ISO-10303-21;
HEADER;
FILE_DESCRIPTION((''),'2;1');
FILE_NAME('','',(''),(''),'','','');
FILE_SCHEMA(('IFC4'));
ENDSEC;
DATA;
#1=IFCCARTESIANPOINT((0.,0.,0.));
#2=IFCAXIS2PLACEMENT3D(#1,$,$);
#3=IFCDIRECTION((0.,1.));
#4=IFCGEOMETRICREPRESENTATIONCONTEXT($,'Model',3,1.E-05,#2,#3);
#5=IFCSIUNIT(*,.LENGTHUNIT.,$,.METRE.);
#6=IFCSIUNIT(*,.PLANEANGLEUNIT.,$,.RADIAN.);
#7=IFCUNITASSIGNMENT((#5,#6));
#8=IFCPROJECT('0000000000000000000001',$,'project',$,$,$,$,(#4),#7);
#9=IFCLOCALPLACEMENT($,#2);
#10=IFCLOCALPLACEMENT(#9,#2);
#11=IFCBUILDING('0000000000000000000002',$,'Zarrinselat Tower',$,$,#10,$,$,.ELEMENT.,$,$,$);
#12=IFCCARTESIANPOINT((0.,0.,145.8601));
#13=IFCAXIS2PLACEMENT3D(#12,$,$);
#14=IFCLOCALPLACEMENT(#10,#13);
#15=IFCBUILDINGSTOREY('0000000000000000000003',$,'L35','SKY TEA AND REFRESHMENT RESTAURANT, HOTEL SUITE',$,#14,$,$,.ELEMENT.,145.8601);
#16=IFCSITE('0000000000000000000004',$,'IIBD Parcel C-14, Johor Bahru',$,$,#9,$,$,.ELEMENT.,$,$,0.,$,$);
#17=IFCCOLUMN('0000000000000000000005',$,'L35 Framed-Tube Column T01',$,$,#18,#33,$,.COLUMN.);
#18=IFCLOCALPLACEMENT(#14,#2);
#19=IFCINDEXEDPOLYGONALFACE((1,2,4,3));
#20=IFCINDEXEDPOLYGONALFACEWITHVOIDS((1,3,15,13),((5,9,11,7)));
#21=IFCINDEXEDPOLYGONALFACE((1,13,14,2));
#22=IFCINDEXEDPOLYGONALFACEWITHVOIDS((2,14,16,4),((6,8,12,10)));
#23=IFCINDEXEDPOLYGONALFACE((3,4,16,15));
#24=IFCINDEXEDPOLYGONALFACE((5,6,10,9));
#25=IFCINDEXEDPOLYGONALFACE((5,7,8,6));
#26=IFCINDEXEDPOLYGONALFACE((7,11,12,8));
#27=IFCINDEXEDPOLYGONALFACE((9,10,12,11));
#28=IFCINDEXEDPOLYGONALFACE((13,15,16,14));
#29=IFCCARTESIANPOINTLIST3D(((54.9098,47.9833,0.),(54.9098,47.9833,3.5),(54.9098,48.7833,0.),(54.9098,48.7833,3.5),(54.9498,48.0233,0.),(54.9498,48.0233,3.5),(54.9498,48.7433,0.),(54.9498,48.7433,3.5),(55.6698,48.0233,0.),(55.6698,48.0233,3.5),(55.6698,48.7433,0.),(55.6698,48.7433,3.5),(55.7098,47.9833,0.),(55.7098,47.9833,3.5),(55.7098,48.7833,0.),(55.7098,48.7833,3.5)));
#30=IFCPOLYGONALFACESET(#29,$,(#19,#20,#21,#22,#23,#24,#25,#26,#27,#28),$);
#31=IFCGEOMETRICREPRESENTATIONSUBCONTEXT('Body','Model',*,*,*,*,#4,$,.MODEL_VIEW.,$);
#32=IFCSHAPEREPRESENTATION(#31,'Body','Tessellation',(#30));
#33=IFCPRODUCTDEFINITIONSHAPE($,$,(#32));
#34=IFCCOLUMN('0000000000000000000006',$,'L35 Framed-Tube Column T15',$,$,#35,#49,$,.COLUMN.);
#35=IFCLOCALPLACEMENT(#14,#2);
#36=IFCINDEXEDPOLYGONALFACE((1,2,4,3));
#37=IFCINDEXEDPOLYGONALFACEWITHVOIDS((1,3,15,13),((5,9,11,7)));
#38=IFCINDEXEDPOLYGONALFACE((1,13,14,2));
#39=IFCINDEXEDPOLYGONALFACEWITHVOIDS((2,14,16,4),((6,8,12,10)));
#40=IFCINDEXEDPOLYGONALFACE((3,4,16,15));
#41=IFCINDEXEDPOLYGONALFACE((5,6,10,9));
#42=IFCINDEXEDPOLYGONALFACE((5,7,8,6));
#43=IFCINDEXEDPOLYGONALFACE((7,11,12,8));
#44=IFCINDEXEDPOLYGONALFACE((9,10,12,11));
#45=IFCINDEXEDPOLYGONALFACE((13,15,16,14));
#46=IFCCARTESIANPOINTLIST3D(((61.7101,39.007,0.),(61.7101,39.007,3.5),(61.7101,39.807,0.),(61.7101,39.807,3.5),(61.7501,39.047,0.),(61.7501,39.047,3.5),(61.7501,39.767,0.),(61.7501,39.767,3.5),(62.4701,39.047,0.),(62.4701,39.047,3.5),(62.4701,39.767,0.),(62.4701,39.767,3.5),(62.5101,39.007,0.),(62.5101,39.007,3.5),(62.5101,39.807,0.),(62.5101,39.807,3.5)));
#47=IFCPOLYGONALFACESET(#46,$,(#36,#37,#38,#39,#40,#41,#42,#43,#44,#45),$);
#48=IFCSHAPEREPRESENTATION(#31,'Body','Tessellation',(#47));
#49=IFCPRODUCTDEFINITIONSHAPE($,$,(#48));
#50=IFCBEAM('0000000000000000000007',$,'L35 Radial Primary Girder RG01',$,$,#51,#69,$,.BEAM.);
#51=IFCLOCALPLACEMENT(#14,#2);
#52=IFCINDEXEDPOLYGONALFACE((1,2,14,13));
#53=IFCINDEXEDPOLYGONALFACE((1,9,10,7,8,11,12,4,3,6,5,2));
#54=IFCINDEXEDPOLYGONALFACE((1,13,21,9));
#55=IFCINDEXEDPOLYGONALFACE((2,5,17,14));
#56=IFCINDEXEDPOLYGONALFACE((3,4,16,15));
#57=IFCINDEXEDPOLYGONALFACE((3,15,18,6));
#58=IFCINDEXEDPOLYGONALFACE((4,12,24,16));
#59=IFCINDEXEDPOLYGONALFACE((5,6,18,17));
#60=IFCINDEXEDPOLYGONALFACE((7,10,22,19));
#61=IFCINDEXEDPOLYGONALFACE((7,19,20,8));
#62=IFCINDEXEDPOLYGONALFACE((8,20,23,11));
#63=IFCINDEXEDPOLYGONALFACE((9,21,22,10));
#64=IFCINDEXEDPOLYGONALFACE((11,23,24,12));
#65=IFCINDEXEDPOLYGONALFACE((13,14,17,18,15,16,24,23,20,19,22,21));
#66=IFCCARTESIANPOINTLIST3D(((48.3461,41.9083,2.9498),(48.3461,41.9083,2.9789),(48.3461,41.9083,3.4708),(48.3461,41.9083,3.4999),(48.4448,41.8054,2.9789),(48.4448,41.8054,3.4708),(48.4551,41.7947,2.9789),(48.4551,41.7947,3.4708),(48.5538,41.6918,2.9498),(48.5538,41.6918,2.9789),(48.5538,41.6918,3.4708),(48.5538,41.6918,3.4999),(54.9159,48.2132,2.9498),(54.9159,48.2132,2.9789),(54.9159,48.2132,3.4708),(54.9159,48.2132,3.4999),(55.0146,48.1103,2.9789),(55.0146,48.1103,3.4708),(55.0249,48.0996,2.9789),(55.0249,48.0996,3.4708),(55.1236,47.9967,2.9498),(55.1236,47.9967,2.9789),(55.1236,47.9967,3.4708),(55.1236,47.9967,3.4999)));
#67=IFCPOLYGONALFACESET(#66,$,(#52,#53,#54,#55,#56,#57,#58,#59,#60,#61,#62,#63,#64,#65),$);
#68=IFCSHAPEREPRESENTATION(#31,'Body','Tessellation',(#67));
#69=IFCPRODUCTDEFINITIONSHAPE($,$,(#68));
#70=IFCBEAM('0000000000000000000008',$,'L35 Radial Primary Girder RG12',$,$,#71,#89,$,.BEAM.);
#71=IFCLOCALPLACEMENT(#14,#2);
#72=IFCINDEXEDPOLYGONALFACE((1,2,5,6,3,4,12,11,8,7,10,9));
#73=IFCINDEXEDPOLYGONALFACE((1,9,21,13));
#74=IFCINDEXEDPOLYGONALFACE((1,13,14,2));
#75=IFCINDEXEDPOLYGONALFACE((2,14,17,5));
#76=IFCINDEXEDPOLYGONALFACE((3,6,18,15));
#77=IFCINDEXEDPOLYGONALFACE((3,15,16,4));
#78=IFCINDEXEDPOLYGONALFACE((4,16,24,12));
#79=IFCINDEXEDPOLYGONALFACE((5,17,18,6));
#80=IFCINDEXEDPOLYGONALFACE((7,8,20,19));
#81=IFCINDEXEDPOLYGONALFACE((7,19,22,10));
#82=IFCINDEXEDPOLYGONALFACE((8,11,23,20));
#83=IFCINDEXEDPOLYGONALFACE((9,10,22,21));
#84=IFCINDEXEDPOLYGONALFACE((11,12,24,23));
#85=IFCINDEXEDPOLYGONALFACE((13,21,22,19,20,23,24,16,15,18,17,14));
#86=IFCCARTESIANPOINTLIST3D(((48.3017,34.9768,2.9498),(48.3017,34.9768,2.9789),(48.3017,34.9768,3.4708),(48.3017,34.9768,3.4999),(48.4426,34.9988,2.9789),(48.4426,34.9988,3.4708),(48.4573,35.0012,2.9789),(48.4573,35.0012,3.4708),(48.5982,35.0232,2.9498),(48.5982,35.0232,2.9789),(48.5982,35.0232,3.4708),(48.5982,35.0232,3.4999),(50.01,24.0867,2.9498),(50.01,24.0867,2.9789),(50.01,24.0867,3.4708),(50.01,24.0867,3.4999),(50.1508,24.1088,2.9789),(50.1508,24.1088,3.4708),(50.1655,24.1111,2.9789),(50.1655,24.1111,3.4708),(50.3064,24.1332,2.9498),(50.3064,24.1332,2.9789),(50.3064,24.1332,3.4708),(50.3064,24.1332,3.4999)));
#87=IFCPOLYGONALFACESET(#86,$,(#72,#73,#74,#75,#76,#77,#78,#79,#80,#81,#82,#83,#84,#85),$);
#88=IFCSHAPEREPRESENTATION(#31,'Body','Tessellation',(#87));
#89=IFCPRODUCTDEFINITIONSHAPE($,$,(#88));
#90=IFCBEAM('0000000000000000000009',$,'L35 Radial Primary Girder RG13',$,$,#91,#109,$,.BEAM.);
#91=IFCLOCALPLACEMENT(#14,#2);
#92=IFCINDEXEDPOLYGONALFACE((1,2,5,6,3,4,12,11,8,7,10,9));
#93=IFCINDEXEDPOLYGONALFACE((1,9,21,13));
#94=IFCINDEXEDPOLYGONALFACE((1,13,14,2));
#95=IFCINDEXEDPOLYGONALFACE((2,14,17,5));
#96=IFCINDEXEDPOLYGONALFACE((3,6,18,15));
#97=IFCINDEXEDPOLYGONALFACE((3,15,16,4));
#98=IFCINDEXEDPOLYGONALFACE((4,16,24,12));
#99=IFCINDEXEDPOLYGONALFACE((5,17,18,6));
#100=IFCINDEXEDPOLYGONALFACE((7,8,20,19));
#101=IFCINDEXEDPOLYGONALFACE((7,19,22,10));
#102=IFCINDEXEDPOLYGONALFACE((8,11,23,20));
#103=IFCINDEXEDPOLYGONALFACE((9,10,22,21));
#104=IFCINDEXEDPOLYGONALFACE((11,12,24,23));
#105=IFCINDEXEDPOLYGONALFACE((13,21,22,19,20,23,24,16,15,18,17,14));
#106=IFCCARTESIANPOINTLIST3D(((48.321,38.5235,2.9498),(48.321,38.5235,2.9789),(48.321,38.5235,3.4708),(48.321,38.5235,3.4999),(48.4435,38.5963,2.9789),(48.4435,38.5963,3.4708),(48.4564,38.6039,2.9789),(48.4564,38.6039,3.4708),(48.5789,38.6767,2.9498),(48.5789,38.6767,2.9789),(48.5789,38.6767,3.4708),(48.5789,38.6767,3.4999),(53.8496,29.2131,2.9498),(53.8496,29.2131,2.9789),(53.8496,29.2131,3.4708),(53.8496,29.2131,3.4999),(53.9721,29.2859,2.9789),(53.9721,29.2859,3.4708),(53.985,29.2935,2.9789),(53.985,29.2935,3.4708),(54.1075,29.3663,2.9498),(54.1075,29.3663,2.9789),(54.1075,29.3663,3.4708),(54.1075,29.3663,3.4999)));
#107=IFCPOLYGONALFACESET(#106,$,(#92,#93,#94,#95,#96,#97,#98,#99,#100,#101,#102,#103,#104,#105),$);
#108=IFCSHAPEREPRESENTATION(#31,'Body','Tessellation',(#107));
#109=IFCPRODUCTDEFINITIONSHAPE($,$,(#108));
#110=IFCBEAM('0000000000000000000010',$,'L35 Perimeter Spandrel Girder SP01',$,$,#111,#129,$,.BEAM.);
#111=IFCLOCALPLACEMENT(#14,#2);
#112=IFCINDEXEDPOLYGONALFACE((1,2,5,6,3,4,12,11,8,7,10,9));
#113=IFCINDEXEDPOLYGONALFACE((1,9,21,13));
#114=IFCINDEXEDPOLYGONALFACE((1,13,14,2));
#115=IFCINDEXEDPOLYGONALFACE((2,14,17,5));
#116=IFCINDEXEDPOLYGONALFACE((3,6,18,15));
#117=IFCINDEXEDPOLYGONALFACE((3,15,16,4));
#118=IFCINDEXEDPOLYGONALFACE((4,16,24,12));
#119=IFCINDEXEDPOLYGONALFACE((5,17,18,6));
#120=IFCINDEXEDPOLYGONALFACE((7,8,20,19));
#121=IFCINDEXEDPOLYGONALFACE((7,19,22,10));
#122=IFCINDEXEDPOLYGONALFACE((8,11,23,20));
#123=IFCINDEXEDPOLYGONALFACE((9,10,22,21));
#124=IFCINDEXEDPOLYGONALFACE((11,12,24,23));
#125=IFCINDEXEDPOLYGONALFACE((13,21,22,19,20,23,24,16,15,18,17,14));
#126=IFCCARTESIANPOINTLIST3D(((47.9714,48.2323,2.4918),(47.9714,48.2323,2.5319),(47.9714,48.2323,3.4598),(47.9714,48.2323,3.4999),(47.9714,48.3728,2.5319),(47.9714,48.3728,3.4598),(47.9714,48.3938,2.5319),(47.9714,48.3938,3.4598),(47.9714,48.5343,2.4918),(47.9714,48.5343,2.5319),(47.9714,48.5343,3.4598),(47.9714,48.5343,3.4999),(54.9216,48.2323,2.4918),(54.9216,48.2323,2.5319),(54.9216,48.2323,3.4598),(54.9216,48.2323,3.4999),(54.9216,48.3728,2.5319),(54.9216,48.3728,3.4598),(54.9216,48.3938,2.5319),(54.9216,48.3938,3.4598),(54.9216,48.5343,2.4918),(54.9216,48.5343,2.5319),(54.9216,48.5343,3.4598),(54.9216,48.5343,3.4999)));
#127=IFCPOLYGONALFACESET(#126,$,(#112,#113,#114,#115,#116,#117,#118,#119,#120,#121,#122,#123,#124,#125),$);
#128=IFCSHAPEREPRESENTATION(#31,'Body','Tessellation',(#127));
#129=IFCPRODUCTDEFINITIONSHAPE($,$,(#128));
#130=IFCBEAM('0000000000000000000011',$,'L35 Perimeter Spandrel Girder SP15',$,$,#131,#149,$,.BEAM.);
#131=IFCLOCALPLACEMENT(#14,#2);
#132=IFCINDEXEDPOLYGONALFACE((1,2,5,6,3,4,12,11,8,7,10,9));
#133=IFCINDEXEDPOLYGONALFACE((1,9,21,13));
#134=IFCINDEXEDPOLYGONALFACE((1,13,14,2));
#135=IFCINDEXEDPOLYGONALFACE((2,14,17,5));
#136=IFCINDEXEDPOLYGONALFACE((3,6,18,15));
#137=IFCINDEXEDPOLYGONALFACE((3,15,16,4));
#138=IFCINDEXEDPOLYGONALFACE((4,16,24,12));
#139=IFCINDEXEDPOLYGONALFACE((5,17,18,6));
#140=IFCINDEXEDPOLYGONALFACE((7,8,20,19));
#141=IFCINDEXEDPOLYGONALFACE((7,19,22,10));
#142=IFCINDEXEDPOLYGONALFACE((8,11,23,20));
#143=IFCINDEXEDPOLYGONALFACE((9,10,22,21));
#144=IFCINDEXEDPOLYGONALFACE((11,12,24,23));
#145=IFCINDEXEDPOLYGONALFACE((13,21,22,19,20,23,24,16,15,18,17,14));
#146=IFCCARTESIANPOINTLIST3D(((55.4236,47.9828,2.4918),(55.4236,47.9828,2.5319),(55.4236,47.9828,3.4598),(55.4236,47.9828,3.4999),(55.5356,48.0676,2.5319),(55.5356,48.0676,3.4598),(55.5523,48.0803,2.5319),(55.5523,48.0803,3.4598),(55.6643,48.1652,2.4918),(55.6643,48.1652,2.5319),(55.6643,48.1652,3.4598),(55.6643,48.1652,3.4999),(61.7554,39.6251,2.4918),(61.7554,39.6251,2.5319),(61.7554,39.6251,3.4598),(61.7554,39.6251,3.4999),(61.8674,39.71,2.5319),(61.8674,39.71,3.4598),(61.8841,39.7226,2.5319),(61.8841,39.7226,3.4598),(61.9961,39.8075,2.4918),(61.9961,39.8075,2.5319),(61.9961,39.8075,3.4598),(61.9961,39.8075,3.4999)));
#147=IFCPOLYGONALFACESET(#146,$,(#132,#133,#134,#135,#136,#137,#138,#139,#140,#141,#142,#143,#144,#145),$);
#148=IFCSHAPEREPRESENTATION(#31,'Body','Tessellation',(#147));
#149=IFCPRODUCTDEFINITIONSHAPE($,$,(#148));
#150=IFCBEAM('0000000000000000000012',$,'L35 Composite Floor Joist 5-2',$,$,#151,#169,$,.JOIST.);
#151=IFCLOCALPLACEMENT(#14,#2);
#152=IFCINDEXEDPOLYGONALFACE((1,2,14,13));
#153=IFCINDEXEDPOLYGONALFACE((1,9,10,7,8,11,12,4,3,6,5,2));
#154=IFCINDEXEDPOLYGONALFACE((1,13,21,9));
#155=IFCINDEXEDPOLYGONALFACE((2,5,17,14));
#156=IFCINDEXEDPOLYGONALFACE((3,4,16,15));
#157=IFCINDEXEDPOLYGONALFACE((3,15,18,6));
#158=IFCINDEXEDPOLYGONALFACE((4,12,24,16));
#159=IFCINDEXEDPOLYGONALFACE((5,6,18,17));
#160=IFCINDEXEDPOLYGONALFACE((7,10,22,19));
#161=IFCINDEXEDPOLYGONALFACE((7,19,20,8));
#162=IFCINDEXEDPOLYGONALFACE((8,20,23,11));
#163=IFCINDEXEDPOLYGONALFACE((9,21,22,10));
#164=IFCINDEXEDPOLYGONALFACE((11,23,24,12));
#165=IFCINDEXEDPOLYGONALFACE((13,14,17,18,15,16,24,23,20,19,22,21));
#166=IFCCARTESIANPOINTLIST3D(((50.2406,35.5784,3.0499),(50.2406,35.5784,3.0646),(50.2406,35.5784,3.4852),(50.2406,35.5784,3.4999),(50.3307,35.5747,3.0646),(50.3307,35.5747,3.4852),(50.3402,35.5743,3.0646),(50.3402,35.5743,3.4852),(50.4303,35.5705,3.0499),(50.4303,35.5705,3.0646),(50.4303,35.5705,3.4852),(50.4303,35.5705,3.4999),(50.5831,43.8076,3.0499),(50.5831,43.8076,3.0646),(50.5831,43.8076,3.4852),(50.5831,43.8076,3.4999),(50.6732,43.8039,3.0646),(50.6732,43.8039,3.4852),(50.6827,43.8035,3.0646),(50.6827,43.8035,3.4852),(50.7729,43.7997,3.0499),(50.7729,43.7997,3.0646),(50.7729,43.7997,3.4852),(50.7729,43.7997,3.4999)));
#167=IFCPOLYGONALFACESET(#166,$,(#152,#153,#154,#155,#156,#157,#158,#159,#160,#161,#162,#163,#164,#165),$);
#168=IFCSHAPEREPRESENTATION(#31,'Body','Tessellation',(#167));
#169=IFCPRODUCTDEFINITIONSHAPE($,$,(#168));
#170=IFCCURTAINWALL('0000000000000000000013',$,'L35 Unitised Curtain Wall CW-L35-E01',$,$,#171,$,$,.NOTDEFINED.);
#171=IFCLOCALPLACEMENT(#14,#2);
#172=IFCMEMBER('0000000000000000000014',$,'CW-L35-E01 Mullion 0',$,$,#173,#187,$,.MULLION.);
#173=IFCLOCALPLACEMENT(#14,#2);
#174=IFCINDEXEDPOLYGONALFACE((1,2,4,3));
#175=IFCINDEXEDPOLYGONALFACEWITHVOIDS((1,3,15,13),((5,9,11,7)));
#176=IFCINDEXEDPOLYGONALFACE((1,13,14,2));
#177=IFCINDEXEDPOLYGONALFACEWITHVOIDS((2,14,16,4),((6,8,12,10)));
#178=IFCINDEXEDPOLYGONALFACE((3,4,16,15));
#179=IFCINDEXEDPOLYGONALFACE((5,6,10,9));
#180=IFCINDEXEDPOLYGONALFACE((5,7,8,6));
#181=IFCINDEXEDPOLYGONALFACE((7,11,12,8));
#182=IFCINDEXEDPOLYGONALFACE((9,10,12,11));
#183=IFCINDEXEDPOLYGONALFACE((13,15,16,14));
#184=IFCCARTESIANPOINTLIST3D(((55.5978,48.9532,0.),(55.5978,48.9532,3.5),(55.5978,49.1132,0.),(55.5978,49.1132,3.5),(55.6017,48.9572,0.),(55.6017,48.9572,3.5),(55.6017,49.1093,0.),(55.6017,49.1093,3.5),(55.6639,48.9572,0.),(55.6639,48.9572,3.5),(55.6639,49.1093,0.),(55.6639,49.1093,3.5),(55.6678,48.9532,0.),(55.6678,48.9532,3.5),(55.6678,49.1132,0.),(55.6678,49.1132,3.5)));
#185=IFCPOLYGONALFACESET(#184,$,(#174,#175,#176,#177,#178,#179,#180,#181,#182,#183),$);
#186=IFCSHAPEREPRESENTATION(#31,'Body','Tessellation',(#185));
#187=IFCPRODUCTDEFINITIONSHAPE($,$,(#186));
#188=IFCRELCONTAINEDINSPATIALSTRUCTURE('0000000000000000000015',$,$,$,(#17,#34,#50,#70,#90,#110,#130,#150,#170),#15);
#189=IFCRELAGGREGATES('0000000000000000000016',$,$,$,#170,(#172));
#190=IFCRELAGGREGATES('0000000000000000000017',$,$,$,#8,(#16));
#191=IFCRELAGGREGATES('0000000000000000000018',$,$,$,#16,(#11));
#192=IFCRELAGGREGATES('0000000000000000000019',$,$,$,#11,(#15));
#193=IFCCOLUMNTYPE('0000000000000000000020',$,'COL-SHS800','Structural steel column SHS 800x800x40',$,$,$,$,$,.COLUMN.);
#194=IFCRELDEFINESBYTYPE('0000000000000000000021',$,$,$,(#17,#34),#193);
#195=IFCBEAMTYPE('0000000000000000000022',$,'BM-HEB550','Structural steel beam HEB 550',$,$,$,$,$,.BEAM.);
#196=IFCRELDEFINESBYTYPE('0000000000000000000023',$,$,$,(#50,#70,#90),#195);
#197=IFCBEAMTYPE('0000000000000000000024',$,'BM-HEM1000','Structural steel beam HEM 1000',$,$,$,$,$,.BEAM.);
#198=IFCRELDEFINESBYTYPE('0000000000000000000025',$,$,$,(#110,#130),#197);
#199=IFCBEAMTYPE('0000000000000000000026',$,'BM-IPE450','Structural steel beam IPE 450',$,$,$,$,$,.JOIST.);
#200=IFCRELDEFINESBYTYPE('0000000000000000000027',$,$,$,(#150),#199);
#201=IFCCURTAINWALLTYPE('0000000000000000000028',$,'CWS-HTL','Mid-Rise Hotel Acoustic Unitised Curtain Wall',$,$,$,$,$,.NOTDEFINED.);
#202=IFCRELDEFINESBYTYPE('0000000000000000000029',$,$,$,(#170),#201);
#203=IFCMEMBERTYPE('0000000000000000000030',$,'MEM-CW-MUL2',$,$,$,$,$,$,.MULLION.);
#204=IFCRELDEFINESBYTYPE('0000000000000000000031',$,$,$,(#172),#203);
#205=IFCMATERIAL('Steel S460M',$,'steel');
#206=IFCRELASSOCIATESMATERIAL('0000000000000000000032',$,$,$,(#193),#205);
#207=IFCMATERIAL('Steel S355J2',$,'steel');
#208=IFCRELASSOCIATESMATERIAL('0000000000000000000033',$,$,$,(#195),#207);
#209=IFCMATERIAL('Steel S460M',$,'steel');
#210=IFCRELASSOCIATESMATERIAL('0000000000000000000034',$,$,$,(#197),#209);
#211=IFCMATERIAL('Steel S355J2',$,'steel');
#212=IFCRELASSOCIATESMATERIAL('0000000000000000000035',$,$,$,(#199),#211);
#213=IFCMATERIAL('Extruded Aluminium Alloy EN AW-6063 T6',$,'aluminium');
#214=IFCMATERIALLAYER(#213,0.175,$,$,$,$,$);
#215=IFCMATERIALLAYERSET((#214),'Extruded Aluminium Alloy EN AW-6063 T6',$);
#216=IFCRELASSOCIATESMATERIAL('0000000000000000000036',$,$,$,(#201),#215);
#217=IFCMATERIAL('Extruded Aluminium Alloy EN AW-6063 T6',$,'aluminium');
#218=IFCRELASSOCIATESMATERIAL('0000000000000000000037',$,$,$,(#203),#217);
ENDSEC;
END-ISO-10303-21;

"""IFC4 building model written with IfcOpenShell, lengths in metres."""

from ifc_helpers import new_model, si_unit, direction, frame, origin, origin_2d, place, context, subcontext, project, spatial, hollow_rectangle, i_section, extrude, material, layer, layer_set, material_profile, profile_set, type_object, element, aggregate, save


model = new_model("IFC4")

# Units and contexts
model_context = context("Model", 3, precision=1e-05, world=origin(), true_north=direction((0.0, 1.0)))
body_context = subcontext(model_context, "Body", "Model", "MODEL_VIEW")
ifc_project = project(units=[si_unit("LENGTHUNIT", "METRE"), si_unit("PLANEANGLEUNIT", "RADIAN")], contexts=[model_context])

# Site, building, storey
site_placement = place(None, origin())
site = spatial("IfcSite", under=ifc_project, at=site_placement, Name="IIBD Parcel C-14, Johor Bahru", CompositionType="ELEMENT", RefElevation=0.0)
building_placement = place(site_placement, origin())
building = spatial("IfcBuilding", under=site, at=building_placement, Name="Zarrinselat Tower", CompositionType="ELEMENT")
storey_placement = place(building_placement, frame((0.0, 0.0, 145.8601)))
storey = spatial("IfcBuildingStorey", under=building, at=storey_placement, Name="L35", Description="SKY TEA AND REFRESHMENT RESTAURANT, HOTEL SUITE", CompositionType="ELEMENT", Elevation=145.8601)

# Columns
ifc_material_1 = material(Name="Steel S460M", Category="steel")
ifc_material_profile_1 = material_profile(ifc_material_1, hollow_rectangle(XDim=0.8, YDim=0.8, WallThickness=0.04, at=origin_2d()), Name="SHS 800x800x40")
ifc_profile_set_1 = profile_set([ifc_material_profile_1], Name="Steel S460M")
column_type = type_object("IfcColumnType", Name="COL-SHS800", Description="Structural steel column SHS 800x800x40", PredefinedType="COLUMN", material=ifc_profile_set_1)
for number, where, z_axis, x_axis, name in (
    (1, (55.3098, 48.3833, 0.0), (0.0, 0.0, 1.0), (1.0, 0.0, 0.0), "L35 Framed-Tube Column T01"),
    (2, (62.1101, 39.407, 0.0), (0.0, 0.0, 1.0), (1.0, 0.0, 0.0), "L35 Framed-Tube Column T15"),
):
    element("IfcColumn", number, at=place(storey_placement, frame(where, z_axis=z_axis, x_axis=x_axis)), inside=storey, type_object=column_type, Name=name, PredefinedType="COLUMN", context=body_context, shape_type="SweptSolid", body=[
        extrude(hollow_rectangle(XDim=0.8, YDim=0.8, WallThickness=0.04, at=origin_2d()), origin(), (0.0, 0.0, 1.0), 3.5),
    ])

# Beams
ifc_material_2 = material(Name="Steel S355J2", Category="steel")
ifc_material_profile_2 = material_profile(ifc_material_2, i_section(OverallWidth=0.3, OverallDepth=0.55, WebThickness=0.0149, FlangeThickness=0.0291, at=origin_2d()), Name="HEB 550")
ifc_profile_set_2 = profile_set([ifc_material_profile_2], Name="Steel S355J2")
beam_type_1 = type_object("IfcBeamType", Name="BM-HEB550", Description="Structural steel beam HEB 550", PredefinedType="BEAM", material=ifc_profile_set_2)
beam_1_placement = place(storey_placement, frame((48.45, 41.8, 3.2249), z_axis=(0.721503, 0.692412, 0.0), x_axis=(-0.692412, 0.721503, 0.0)))
element("IfcBeam", 3, at=beam_1_placement, inside=storey, type_object=beam_type_1, Name="L35 Radial Primary Girder RG01", PredefinedType="BEAM", context=body_context, shape_type="SweptSolid", body=[
    extrude(i_section(OverallWidth=0.3, OverallDepth=0.55, WebThickness=0.0149, FlangeThickness=0.0291, at=origin_2d()), origin(), (0.0, 0.0, 1.0), 9.1057),
])
beam_2_placement = place(storey_placement, frame((48.45, 35.0, 3.2249), z_axis=(0.154967, -0.98792, 0.0), x_axis=(0.98792, 0.154967, 0.0)))
element("IfcBeam", 4, at=beam_2_placement, inside=storey, type_object=beam_type_1, Name="L35 Radial Primary Girder RG12", PredefinedType="BEAM", context=body_context, shape_type="SweptSolid", body=[
    extrude(i_section(OverallWidth=0.3, OverallDepth=0.55, WebThickness=0.0149, FlangeThickness=0.0291, at=origin_2d()), origin(), (0.0, 0.0, 1.0), 11.0232),
])
beam_3_placement = place(storey_placement, frame((48.45, 38.6001, 3.2249), z_axis=(0.510578, -0.859832, 0.0), x_axis=(0.859832, 0.510578, 0.0)))
element("IfcBeam", 5, at=beam_3_placement, inside=storey, type_object=beam_type_1, Name="L35 Radial Primary Girder RG13", PredefinedType="BEAM", context=body_context, shape_type="SweptSolid", body=[
    extrude(i_section(OverallWidth=0.3, OverallDepth=0.55, WebThickness=0.0149, FlangeThickness=0.0291, at=origin_2d()), origin(), (0.0, 0.0, 1.0), 10.8281),
])
ifc_material_3 = material(Name="Steel S460M", Category="steel")
ifc_material_profile_3 = material_profile(ifc_material_3, i_section(OverallWidth=0.302, OverallDepth=1.0081, WebThickness=0.021, FlangeThickness=0.04, at=origin_2d()), Name="HEM 1000")
ifc_profile_set_3 = profile_set([ifc_material_profile_3], Name="Steel S460M")
beam_type_2 = type_object("IfcBeamType", Name="BM-HEM1000", Description="Structural steel beam HEM 1000", PredefinedType="BEAM", material=ifc_profile_set_3)
beam_4_placement = place(storey_placement, frame((47.9714, 48.3833, 2.9958), z_axis=(1.0, 0.0, 0.0), x_axis=(0.0, 1.0, 0.0)))
element("IfcBeam", 6, at=beam_4_placement, inside=storey, type_object=beam_type_2, Name="L35 Perimeter Spandrel Girder SP01", PredefinedType="BEAM", context=body_context, shape_type="SweptSolid", body=[
    extrude(i_section(OverallWidth=0.302, OverallDepth=1.0081, WebThickness=0.021, FlangeThickness=0.04, at=origin_2d()), origin(), (0.0, 0.0, 1.0), 6.9502),
])
beam_5_placement = place(storey_placement, frame((55.5439, 48.074, 2.9958), z_axis=(0.603871, -0.797082, 0.0), x_axis=(0.797082, 0.603871, 0.0)))
element("IfcBeam", 7, at=beam_5_placement, inside=storey, type_object=beam_type_2, Name="L35 Perimeter Spandrel Girder SP15", PredefinedType="BEAM", context=body_context, shape_type="SweptSolid", body=[
    extrude(i_section(OverallWidth=0.302, OverallDepth=1.0081, WebThickness=0.021, FlangeThickness=0.04, at=origin_2d()), origin(), (0.0, 0.0, 1.0), 10.4854),
])
ifc_material_4 = material(Name="Steel S355J2", Category="steel")
ifc_material_profile_4 = material_profile(ifc_material_4, i_section(OverallWidth=0.1899, OverallDepth=0.45, WebThickness=0.0095, FlangeThickness=0.0146, at=origin_2d()), Name="IPE 450")
ifc_profile_set_4 = profile_set([ifc_material_profile_4], Name="Steel S355J2")
beam_type_3 = type_object("IfcBeamType", Name="BM-IPE450", Description="Structural steel beam IPE 450", PredefinedType="JOIST", material=ifc_profile_set_4)
beam_6_placement = place(storey_placement, frame((50.3354, 35.5745, 3.2749), z_axis=(0.041587, 0.999135, 0.0), x_axis=(-0.999135, 0.041587, 0.0)))
element("IfcBeam", 8, at=beam_6_placement, inside=storey, type_object=beam_type_3, Name="L35 Composite Floor Joist 5-2", PredefinedType="JOIST", context=body_context, shape_type="SweptSolid", body=[
    extrude(i_section(OverallWidth=0.1899, OverallDepth=0.45, WebThickness=0.0095, FlangeThickness=0.0146, at=origin_2d()), origin(), (0.0, 0.0, 1.0), 8.2363),
])

# Curtain wall, member
ifc_material_5 = material(Name="Extruded Aluminium Alloy EN AW-6063 T6", Category="aluminium")
ifc_layer_1 = layer(ifc_material_5, 0.175)
ifc_layer_set_1 = layer_set([ifc_layer_1], Name="Extruded Aluminium Alloy EN AW-6063 T6")
curtain_wall_type = type_object("IfcCurtainWallType", Name="CWS-HTL", Description="Mid-Rise Hotel Acoustic Unitised Curtain Wall", PredefinedType="NOTDEFINED", material=ifc_layer_set_1)
curtain_wall_1_placement = place(storey_placement, origin())
curtain_wall_1 = element("IfcCurtainWall", 9, at=curtain_wall_1_placement, inside=storey, type_object=curtain_wall_type, Name="L35 Unitised Curtain Wall CW-L35-E01", PredefinedType="NOTDEFINED")
ifc_material_6 = material(Name="Extruded Aluminium Alloy EN AW-6063 T6", Category="aluminium")
ifc_material_profile_5 = material_profile(ifc_material_6, hollow_rectangle(XDim=0.0701, YDim=0.1599, WallThickness=0.0039, at=origin_2d()), Name="RHS 160x70x4")
ifc_profile_set_5 = profile_set([ifc_material_profile_5], Name="Extruded Aluminium Alloy EN AW-6063 T6")
member_type_1 = type_object("IfcMemberType", Name="MEM-CW-MUL2", PredefinedType="MULLION", material=ifc_profile_set_5)
member_1_placement = place(storey_placement, frame((55.6328, 49.0332, 0.0), z_axis=(0.0, 0.0, 1.0), x_axis=(-1.0, 0.0, 0.0)))
member_1 = element("IfcMember", 10, at=member_1_placement, type_object=member_type_1, Name="CW-L35-E01 Mullion 0", PredefinedType="MULLION", context=body_context, shape_type="SweptSolid", body=[
    extrude(hollow_rectangle(XDim=0.0701, YDim=0.1599, WallThickness=0.0039, at=origin_2d()), origin(), (0.0, 0.0, 1.0), 3.5),
])

aggregate(curtain_wall_1, [member_1])

save(model, "model.ifc")
